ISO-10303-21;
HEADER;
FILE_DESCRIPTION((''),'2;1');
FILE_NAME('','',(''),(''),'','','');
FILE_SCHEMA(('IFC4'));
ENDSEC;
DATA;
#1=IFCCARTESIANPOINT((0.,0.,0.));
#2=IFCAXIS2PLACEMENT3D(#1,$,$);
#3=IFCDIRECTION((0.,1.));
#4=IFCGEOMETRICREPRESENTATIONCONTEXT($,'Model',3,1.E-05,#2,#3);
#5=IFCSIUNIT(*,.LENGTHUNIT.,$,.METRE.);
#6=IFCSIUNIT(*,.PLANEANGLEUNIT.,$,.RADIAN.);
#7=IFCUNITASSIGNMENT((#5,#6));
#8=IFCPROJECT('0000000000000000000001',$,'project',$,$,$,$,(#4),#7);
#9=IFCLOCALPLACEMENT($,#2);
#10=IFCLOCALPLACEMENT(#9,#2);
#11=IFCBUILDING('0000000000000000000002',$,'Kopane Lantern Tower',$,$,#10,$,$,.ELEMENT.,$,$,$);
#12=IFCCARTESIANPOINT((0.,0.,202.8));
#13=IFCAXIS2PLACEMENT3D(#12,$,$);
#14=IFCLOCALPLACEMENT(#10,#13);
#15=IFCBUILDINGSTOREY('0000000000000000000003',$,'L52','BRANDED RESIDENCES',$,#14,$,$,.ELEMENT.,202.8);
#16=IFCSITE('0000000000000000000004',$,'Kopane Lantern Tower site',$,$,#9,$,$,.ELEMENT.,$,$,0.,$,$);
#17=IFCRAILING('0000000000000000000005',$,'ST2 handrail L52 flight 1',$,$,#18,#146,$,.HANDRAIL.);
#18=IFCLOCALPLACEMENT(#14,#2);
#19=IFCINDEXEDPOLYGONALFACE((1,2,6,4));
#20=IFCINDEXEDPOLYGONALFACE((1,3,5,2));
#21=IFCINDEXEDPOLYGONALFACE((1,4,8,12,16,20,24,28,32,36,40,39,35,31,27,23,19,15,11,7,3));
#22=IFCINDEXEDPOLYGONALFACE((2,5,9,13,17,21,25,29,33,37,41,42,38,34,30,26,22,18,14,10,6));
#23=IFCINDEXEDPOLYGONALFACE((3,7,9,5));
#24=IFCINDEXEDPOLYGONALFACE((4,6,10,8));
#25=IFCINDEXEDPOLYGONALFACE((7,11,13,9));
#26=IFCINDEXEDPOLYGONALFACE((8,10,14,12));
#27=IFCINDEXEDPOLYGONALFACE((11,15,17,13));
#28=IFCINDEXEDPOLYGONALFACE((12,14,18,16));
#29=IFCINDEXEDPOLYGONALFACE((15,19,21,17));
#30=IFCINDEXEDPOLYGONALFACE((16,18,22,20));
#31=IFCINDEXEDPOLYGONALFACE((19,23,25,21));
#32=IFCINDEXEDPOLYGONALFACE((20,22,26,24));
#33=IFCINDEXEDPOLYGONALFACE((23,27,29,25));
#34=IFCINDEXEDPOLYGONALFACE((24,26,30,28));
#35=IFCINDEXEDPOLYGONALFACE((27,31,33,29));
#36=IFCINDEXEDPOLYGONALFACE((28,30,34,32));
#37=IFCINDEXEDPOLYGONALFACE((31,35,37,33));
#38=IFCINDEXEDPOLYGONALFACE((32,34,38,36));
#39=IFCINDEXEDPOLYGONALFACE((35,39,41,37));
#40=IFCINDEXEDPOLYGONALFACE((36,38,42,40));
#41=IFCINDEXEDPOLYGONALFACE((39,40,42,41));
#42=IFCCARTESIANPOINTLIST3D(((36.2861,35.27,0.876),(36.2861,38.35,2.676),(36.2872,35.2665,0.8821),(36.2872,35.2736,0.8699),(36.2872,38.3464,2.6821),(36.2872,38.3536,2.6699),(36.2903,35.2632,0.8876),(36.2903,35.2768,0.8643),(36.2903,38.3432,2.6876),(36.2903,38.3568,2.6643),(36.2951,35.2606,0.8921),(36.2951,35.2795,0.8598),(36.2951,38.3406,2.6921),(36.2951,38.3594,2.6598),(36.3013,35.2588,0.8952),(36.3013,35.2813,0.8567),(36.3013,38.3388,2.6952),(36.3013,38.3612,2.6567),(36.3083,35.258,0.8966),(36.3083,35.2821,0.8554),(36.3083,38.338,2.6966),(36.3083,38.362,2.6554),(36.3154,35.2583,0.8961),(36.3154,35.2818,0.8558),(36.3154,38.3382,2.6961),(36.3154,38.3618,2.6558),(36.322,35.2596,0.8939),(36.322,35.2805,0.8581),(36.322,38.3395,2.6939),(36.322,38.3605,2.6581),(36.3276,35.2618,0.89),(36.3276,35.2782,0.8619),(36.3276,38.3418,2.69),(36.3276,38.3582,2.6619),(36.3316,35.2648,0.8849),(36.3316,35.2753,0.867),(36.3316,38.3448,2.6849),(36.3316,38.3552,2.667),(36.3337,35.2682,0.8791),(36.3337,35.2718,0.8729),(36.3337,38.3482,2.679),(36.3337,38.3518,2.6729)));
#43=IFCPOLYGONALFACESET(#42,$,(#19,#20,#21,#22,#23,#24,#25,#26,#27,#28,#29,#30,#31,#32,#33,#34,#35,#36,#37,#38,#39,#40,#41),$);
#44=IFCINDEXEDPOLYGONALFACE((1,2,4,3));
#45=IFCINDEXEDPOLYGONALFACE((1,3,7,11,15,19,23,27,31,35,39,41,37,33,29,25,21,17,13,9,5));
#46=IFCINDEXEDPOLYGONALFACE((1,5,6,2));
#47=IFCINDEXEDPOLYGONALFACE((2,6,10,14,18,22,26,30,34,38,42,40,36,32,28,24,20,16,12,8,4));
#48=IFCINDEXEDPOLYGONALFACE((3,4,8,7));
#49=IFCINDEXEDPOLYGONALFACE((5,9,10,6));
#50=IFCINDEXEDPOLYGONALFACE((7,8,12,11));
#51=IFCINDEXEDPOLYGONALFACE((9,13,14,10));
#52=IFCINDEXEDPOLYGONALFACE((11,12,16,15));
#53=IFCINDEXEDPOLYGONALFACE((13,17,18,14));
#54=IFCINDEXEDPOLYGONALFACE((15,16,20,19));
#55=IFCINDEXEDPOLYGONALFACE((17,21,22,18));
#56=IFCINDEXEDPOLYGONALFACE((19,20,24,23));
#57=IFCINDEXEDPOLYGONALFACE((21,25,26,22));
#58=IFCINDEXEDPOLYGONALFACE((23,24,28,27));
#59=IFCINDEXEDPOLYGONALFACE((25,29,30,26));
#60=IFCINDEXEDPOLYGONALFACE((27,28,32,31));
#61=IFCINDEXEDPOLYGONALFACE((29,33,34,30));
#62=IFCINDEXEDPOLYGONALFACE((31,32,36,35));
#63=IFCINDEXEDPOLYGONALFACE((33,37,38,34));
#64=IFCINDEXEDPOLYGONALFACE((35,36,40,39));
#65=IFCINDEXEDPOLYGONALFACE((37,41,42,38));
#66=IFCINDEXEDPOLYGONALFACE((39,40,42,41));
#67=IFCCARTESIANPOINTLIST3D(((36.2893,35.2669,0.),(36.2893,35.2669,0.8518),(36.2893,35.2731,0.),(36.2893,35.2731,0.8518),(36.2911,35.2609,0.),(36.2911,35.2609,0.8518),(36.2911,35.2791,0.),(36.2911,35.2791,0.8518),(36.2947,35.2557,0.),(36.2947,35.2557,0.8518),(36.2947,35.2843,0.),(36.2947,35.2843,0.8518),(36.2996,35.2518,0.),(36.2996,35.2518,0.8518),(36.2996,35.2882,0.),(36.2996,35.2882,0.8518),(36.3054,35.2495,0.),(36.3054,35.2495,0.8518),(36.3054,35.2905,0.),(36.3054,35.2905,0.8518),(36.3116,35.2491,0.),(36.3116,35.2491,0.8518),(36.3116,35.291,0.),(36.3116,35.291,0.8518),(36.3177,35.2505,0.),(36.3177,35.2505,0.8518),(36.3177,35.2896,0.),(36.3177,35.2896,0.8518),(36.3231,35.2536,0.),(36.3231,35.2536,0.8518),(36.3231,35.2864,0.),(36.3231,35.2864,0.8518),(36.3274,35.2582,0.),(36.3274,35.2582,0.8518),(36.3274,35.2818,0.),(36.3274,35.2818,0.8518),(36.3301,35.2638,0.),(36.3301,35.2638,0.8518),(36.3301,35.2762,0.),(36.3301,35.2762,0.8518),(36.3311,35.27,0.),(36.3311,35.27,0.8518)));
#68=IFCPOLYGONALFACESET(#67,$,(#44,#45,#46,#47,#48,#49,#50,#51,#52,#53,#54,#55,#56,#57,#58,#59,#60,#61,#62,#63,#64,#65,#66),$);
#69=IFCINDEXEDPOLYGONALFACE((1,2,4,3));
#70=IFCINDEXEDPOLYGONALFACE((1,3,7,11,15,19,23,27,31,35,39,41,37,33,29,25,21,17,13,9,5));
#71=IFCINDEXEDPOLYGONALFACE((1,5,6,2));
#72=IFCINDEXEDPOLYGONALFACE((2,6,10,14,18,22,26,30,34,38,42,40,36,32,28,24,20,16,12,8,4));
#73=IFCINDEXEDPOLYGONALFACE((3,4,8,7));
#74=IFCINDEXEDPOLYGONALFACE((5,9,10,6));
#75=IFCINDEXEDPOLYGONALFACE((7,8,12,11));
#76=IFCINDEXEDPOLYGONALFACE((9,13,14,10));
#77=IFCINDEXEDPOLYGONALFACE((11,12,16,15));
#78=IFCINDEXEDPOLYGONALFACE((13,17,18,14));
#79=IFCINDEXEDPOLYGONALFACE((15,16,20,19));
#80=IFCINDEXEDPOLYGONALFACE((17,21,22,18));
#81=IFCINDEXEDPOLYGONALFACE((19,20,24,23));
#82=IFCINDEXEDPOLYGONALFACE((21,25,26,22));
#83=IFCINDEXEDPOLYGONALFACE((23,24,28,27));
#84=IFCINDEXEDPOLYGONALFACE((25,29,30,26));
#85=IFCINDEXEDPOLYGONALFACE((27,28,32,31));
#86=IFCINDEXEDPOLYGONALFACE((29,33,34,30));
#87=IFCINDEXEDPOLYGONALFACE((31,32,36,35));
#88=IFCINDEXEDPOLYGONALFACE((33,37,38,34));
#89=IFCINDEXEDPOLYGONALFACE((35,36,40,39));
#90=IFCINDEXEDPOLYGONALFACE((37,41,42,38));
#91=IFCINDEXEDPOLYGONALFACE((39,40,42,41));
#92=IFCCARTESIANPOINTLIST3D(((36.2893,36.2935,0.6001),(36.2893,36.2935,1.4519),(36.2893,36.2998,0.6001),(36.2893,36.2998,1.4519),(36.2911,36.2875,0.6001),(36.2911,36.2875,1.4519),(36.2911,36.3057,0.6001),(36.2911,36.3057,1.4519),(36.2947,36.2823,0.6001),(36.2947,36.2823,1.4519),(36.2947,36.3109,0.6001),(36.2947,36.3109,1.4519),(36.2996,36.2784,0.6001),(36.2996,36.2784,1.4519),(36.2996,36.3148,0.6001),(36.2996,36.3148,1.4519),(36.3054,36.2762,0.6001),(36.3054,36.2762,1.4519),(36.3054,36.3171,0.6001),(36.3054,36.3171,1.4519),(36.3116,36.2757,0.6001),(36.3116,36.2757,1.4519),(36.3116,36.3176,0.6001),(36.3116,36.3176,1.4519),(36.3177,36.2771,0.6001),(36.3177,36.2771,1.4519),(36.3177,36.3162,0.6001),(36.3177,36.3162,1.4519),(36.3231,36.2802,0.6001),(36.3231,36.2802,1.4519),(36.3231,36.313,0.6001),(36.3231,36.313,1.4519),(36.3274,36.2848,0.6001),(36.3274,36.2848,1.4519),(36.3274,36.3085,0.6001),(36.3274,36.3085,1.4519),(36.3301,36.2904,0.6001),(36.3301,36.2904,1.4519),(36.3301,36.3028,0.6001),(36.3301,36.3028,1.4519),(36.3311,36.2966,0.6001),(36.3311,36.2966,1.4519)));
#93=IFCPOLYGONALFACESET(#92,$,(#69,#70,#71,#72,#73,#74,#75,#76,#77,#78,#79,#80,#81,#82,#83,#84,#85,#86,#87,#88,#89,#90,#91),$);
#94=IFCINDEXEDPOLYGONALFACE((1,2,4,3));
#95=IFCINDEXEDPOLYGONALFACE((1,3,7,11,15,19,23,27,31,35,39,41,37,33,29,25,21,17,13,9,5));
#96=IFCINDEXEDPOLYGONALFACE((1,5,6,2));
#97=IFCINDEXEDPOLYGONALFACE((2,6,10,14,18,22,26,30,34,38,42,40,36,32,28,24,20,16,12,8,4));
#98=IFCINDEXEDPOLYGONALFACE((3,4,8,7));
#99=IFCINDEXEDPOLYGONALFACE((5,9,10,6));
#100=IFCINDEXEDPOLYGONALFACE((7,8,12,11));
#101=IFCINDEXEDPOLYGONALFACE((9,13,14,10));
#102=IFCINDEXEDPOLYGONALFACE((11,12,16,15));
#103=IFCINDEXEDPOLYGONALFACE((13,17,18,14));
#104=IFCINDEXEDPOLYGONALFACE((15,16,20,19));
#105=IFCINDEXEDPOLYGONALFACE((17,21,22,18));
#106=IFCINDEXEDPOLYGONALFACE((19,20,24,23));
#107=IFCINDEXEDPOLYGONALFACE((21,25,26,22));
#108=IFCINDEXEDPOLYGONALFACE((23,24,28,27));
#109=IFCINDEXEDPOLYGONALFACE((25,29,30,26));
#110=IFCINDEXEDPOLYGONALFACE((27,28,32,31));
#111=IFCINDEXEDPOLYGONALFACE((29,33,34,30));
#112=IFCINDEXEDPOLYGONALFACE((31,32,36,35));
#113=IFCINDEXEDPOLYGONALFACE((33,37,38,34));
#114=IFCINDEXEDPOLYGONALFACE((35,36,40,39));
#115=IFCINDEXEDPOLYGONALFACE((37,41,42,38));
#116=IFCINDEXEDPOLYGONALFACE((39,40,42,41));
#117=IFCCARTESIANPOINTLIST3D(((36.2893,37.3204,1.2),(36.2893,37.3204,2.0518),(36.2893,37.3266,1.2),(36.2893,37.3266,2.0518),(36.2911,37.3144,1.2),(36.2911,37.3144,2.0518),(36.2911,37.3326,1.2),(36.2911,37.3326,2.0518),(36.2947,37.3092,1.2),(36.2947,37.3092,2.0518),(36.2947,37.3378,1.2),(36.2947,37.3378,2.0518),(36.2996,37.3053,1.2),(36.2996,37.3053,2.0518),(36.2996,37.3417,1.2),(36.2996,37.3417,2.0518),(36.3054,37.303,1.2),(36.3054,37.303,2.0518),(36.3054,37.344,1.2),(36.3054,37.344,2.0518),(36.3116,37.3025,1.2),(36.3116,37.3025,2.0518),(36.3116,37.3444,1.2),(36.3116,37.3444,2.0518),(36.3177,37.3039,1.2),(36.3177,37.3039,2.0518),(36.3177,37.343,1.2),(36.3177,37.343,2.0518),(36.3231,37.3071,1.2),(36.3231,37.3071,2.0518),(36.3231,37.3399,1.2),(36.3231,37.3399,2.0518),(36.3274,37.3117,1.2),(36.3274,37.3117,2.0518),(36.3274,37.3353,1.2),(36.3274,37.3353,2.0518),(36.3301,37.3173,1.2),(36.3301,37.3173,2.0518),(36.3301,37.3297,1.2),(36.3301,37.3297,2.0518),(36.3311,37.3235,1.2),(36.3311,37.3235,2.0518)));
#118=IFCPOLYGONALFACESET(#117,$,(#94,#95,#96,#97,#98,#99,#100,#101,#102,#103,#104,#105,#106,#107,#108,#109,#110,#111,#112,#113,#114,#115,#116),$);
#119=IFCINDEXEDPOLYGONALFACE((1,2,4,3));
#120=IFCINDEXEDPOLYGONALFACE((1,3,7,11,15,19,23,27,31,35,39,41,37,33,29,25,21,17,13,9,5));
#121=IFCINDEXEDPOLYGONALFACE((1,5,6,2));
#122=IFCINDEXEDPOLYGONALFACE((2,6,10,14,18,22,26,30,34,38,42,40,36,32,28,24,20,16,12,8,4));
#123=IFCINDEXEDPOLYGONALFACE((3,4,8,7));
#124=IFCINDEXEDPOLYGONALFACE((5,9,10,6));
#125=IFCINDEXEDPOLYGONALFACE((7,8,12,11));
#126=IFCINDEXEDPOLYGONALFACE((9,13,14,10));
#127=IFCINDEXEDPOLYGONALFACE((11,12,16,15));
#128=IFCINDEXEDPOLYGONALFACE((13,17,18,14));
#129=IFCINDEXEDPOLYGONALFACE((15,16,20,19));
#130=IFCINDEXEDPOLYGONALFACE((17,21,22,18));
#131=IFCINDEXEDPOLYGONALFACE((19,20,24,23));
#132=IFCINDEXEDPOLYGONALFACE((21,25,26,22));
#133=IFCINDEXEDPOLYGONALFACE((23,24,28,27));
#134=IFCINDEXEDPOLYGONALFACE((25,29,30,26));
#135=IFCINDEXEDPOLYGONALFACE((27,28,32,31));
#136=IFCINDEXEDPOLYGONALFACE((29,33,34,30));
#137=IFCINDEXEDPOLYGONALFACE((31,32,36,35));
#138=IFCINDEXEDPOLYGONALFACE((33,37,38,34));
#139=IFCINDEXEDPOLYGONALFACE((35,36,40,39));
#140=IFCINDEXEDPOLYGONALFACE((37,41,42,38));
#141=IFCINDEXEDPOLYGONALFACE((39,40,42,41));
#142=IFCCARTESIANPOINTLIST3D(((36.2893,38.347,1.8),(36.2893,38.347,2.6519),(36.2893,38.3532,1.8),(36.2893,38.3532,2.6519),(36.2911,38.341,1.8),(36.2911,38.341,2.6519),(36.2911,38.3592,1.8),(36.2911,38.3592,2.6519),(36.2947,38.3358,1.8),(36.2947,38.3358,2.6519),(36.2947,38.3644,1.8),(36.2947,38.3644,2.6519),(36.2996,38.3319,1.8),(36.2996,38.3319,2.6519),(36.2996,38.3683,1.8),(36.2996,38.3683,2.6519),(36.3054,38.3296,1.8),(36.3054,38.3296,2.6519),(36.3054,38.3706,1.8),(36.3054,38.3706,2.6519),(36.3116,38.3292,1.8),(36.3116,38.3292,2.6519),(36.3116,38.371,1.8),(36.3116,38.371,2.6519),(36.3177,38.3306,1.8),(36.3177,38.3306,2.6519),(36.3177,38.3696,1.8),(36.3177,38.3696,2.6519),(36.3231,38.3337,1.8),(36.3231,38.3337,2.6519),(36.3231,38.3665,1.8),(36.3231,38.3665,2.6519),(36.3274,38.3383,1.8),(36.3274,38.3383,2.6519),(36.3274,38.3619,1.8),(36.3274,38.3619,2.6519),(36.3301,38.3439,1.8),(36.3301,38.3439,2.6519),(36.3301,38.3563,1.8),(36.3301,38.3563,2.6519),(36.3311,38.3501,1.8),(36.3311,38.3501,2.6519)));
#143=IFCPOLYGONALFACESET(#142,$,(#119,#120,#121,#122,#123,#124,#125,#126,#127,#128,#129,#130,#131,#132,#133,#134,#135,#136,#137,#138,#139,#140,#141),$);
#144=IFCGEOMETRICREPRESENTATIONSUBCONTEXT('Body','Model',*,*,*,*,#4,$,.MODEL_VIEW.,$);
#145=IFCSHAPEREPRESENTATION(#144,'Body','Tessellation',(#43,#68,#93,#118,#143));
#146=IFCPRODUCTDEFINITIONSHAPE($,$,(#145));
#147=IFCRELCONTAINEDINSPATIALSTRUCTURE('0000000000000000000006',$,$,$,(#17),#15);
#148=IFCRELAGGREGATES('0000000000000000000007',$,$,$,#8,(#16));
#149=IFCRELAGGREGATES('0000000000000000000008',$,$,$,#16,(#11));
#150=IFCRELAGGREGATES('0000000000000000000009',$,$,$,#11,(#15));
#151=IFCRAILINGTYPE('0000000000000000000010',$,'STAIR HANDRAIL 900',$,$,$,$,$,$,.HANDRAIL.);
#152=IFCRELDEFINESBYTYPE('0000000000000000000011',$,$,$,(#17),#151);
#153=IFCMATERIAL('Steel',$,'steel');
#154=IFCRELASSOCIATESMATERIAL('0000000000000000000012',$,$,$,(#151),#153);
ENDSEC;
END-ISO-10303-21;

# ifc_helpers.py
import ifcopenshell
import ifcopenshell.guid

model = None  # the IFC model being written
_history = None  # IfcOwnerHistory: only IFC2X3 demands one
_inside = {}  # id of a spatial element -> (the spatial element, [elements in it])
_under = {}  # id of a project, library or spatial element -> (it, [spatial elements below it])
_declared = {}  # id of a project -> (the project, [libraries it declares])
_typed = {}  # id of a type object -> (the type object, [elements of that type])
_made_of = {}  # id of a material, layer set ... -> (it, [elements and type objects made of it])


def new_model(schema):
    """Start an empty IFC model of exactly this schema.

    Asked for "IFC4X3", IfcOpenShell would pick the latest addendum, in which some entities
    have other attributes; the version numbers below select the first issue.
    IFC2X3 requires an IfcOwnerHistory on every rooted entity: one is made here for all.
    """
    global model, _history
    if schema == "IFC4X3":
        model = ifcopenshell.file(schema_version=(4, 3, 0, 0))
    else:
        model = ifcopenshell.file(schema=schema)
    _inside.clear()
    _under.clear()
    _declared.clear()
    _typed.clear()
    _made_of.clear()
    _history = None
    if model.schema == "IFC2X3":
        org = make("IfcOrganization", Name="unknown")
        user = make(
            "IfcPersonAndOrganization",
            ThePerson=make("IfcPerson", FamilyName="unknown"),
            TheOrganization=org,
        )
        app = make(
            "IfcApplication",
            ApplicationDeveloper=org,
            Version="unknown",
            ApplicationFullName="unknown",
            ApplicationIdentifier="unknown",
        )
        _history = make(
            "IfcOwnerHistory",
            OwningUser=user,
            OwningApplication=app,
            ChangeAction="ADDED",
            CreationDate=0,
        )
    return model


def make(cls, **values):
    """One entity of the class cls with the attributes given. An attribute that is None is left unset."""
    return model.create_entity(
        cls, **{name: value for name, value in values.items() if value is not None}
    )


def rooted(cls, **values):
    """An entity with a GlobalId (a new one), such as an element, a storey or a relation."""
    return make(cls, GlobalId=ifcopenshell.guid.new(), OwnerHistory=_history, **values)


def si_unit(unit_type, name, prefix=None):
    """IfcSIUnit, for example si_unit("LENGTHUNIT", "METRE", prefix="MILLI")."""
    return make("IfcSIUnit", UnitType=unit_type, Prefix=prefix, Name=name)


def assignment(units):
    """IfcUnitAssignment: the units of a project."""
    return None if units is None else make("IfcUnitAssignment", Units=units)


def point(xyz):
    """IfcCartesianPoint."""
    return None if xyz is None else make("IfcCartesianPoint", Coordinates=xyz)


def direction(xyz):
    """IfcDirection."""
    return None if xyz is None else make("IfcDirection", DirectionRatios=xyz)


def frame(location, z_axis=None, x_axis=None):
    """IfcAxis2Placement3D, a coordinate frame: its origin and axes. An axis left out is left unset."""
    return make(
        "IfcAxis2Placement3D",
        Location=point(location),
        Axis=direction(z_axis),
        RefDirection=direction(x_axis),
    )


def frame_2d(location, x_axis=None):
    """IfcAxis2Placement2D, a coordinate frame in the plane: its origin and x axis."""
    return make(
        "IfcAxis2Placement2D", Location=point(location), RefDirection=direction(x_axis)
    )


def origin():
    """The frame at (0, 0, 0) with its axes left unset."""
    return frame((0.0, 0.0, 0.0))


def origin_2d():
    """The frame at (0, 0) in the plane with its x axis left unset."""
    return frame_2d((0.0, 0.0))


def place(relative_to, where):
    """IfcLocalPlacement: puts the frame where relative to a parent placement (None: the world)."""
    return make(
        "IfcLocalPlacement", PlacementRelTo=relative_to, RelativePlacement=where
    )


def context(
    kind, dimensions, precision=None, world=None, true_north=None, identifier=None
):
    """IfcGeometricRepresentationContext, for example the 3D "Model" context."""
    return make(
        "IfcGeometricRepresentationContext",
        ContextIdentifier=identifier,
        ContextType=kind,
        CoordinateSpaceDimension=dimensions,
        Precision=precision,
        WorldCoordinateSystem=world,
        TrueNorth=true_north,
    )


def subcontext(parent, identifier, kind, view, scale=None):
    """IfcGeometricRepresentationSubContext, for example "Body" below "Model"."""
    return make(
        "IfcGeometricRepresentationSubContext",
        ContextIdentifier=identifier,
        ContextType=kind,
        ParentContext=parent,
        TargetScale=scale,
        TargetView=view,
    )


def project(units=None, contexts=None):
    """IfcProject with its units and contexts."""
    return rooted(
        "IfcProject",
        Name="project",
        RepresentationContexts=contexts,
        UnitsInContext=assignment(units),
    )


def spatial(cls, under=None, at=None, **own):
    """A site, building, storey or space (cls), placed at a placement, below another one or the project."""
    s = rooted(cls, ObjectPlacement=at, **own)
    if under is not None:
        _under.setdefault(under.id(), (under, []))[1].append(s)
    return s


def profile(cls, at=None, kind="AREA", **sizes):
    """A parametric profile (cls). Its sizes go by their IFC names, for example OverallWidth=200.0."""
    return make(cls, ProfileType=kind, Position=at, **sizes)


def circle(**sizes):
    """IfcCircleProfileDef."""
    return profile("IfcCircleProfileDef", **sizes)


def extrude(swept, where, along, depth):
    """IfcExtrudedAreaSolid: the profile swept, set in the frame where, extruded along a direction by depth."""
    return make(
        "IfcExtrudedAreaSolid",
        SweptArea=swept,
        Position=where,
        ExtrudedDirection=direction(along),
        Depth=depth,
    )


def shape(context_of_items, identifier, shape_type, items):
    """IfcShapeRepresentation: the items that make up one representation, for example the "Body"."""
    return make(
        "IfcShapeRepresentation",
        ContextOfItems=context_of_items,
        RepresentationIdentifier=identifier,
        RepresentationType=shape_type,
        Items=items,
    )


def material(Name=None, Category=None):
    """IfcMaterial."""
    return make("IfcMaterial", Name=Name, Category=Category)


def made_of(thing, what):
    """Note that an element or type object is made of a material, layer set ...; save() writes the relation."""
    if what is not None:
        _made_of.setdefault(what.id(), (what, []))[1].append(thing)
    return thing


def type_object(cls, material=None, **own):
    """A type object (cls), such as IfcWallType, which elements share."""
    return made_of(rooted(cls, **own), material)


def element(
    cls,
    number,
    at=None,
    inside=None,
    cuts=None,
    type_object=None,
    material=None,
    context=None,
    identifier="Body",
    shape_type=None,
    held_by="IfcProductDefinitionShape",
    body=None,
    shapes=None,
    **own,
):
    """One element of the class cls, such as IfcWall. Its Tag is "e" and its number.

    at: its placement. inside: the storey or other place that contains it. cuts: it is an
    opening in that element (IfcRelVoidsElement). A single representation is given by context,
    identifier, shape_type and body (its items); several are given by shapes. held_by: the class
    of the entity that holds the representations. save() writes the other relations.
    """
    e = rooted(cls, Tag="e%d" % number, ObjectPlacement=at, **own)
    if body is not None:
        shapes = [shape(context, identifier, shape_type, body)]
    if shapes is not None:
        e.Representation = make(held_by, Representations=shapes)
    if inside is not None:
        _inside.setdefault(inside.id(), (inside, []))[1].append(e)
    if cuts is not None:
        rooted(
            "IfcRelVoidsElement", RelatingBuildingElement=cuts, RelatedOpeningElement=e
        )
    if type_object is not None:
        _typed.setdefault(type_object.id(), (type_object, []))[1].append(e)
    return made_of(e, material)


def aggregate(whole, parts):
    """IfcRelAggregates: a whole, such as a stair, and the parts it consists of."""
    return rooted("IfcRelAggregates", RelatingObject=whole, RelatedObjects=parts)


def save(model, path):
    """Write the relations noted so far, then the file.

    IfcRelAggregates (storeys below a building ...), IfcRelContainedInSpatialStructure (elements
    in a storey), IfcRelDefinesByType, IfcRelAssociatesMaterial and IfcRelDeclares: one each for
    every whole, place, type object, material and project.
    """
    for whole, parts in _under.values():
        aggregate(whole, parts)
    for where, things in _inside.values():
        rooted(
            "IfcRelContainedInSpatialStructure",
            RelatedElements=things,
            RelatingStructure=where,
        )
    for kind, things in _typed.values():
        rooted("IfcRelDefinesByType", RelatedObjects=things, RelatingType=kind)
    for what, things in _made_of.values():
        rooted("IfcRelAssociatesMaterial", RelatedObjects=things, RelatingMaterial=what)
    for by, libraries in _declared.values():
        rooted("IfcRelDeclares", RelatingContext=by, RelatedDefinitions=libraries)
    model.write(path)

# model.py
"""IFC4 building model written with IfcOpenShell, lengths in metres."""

from ifc_helpers import new_model, si_unit, direction, frame, origin, origin_2d, place, context, subcontext, project, spatial, circle, extrude, material, type_object, element, save


model = new_model("IFC4")

# Units and contexts
model_context = context("Model", 3, precision=1e-05, world=origin(), true_north=direction((0.0, 1.0)))
body_context = subcontext(model_context, "Body", "Model", "MODEL_VIEW")
ifc_project = project(units=[si_unit("LENGTHUNIT", "METRE"), si_unit("PLANEANGLEUNIT", "RADIAN")], contexts=[model_context])

# Site, building, storey
site_placement = place(None, origin())
site = spatial("IfcSite", under=ifc_project, at=site_placement, Name="Kopane Lantern Tower site", CompositionType="ELEMENT", RefElevation=0.0)
building_placement = place(site_placement, origin())
building = spatial("IfcBuilding", under=site, at=building_placement, Name="Kopane Lantern Tower", CompositionType="ELEMENT")
storey_placement = place(building_placement, frame((0.0, 0.0, 202.8)))
storey = spatial("IfcBuildingStorey", under=building, at=storey_placement, Name="L52", Description="BRANDED RESIDENCES", CompositionType="ELEMENT", Elevation=202.8)

# Railing
ifc_material_1 = material(Name="Steel", Category="steel")
railing_type_1 = type_object("IfcRailingType", Name="STAIR HANDRAIL 900", PredefinedType="HANDRAIL", material=ifc_material_1)
for number, where, name in (
    (1, (36.3101, 35.27, 0.0), "ST2 handrail L52 flight 1"),
):
    element("IfcRailing", number, at=place(storey_placement, frame(where)), inside=storey, type_object=railing_type_1, Name=name, PredefinedType="HANDRAIL", context=body_context, shape_type="SweptSolid", body=[
        extrude(circle(Radius=0.0239, at=origin_2d()), frame((0.0, 0.0, 0.876), z_axis=(0.0, 0.863372, 0.504569), x_axis=(-1.0, 0.0, 0.0)), (0.0, 0.0, 1.0), 3.5674),
        extrude(circle(Radius=0.021, at=origin_2d()), origin(), (0.0, 0.0, 1.0), 0.8518),
        extrude(circle(Radius=0.021, at=origin_2d()), frame((0.0, 1.0266, 0.6001)), (0.0, 0.0, 1.0), 0.8518),
        extrude(circle(Radius=0.021, at=origin_2d()), frame((0.0, 2.0535, 1.2)), (0.0, 0.0, 1.0), 0.8518),
        extrude(circle(Radius=0.021, at=origin_2d()), frame((0.0, 3.0801, 1.8)), (0.0, 0.0, 1.0), 0.8518),
    ])

save(model, "model.ifc")
